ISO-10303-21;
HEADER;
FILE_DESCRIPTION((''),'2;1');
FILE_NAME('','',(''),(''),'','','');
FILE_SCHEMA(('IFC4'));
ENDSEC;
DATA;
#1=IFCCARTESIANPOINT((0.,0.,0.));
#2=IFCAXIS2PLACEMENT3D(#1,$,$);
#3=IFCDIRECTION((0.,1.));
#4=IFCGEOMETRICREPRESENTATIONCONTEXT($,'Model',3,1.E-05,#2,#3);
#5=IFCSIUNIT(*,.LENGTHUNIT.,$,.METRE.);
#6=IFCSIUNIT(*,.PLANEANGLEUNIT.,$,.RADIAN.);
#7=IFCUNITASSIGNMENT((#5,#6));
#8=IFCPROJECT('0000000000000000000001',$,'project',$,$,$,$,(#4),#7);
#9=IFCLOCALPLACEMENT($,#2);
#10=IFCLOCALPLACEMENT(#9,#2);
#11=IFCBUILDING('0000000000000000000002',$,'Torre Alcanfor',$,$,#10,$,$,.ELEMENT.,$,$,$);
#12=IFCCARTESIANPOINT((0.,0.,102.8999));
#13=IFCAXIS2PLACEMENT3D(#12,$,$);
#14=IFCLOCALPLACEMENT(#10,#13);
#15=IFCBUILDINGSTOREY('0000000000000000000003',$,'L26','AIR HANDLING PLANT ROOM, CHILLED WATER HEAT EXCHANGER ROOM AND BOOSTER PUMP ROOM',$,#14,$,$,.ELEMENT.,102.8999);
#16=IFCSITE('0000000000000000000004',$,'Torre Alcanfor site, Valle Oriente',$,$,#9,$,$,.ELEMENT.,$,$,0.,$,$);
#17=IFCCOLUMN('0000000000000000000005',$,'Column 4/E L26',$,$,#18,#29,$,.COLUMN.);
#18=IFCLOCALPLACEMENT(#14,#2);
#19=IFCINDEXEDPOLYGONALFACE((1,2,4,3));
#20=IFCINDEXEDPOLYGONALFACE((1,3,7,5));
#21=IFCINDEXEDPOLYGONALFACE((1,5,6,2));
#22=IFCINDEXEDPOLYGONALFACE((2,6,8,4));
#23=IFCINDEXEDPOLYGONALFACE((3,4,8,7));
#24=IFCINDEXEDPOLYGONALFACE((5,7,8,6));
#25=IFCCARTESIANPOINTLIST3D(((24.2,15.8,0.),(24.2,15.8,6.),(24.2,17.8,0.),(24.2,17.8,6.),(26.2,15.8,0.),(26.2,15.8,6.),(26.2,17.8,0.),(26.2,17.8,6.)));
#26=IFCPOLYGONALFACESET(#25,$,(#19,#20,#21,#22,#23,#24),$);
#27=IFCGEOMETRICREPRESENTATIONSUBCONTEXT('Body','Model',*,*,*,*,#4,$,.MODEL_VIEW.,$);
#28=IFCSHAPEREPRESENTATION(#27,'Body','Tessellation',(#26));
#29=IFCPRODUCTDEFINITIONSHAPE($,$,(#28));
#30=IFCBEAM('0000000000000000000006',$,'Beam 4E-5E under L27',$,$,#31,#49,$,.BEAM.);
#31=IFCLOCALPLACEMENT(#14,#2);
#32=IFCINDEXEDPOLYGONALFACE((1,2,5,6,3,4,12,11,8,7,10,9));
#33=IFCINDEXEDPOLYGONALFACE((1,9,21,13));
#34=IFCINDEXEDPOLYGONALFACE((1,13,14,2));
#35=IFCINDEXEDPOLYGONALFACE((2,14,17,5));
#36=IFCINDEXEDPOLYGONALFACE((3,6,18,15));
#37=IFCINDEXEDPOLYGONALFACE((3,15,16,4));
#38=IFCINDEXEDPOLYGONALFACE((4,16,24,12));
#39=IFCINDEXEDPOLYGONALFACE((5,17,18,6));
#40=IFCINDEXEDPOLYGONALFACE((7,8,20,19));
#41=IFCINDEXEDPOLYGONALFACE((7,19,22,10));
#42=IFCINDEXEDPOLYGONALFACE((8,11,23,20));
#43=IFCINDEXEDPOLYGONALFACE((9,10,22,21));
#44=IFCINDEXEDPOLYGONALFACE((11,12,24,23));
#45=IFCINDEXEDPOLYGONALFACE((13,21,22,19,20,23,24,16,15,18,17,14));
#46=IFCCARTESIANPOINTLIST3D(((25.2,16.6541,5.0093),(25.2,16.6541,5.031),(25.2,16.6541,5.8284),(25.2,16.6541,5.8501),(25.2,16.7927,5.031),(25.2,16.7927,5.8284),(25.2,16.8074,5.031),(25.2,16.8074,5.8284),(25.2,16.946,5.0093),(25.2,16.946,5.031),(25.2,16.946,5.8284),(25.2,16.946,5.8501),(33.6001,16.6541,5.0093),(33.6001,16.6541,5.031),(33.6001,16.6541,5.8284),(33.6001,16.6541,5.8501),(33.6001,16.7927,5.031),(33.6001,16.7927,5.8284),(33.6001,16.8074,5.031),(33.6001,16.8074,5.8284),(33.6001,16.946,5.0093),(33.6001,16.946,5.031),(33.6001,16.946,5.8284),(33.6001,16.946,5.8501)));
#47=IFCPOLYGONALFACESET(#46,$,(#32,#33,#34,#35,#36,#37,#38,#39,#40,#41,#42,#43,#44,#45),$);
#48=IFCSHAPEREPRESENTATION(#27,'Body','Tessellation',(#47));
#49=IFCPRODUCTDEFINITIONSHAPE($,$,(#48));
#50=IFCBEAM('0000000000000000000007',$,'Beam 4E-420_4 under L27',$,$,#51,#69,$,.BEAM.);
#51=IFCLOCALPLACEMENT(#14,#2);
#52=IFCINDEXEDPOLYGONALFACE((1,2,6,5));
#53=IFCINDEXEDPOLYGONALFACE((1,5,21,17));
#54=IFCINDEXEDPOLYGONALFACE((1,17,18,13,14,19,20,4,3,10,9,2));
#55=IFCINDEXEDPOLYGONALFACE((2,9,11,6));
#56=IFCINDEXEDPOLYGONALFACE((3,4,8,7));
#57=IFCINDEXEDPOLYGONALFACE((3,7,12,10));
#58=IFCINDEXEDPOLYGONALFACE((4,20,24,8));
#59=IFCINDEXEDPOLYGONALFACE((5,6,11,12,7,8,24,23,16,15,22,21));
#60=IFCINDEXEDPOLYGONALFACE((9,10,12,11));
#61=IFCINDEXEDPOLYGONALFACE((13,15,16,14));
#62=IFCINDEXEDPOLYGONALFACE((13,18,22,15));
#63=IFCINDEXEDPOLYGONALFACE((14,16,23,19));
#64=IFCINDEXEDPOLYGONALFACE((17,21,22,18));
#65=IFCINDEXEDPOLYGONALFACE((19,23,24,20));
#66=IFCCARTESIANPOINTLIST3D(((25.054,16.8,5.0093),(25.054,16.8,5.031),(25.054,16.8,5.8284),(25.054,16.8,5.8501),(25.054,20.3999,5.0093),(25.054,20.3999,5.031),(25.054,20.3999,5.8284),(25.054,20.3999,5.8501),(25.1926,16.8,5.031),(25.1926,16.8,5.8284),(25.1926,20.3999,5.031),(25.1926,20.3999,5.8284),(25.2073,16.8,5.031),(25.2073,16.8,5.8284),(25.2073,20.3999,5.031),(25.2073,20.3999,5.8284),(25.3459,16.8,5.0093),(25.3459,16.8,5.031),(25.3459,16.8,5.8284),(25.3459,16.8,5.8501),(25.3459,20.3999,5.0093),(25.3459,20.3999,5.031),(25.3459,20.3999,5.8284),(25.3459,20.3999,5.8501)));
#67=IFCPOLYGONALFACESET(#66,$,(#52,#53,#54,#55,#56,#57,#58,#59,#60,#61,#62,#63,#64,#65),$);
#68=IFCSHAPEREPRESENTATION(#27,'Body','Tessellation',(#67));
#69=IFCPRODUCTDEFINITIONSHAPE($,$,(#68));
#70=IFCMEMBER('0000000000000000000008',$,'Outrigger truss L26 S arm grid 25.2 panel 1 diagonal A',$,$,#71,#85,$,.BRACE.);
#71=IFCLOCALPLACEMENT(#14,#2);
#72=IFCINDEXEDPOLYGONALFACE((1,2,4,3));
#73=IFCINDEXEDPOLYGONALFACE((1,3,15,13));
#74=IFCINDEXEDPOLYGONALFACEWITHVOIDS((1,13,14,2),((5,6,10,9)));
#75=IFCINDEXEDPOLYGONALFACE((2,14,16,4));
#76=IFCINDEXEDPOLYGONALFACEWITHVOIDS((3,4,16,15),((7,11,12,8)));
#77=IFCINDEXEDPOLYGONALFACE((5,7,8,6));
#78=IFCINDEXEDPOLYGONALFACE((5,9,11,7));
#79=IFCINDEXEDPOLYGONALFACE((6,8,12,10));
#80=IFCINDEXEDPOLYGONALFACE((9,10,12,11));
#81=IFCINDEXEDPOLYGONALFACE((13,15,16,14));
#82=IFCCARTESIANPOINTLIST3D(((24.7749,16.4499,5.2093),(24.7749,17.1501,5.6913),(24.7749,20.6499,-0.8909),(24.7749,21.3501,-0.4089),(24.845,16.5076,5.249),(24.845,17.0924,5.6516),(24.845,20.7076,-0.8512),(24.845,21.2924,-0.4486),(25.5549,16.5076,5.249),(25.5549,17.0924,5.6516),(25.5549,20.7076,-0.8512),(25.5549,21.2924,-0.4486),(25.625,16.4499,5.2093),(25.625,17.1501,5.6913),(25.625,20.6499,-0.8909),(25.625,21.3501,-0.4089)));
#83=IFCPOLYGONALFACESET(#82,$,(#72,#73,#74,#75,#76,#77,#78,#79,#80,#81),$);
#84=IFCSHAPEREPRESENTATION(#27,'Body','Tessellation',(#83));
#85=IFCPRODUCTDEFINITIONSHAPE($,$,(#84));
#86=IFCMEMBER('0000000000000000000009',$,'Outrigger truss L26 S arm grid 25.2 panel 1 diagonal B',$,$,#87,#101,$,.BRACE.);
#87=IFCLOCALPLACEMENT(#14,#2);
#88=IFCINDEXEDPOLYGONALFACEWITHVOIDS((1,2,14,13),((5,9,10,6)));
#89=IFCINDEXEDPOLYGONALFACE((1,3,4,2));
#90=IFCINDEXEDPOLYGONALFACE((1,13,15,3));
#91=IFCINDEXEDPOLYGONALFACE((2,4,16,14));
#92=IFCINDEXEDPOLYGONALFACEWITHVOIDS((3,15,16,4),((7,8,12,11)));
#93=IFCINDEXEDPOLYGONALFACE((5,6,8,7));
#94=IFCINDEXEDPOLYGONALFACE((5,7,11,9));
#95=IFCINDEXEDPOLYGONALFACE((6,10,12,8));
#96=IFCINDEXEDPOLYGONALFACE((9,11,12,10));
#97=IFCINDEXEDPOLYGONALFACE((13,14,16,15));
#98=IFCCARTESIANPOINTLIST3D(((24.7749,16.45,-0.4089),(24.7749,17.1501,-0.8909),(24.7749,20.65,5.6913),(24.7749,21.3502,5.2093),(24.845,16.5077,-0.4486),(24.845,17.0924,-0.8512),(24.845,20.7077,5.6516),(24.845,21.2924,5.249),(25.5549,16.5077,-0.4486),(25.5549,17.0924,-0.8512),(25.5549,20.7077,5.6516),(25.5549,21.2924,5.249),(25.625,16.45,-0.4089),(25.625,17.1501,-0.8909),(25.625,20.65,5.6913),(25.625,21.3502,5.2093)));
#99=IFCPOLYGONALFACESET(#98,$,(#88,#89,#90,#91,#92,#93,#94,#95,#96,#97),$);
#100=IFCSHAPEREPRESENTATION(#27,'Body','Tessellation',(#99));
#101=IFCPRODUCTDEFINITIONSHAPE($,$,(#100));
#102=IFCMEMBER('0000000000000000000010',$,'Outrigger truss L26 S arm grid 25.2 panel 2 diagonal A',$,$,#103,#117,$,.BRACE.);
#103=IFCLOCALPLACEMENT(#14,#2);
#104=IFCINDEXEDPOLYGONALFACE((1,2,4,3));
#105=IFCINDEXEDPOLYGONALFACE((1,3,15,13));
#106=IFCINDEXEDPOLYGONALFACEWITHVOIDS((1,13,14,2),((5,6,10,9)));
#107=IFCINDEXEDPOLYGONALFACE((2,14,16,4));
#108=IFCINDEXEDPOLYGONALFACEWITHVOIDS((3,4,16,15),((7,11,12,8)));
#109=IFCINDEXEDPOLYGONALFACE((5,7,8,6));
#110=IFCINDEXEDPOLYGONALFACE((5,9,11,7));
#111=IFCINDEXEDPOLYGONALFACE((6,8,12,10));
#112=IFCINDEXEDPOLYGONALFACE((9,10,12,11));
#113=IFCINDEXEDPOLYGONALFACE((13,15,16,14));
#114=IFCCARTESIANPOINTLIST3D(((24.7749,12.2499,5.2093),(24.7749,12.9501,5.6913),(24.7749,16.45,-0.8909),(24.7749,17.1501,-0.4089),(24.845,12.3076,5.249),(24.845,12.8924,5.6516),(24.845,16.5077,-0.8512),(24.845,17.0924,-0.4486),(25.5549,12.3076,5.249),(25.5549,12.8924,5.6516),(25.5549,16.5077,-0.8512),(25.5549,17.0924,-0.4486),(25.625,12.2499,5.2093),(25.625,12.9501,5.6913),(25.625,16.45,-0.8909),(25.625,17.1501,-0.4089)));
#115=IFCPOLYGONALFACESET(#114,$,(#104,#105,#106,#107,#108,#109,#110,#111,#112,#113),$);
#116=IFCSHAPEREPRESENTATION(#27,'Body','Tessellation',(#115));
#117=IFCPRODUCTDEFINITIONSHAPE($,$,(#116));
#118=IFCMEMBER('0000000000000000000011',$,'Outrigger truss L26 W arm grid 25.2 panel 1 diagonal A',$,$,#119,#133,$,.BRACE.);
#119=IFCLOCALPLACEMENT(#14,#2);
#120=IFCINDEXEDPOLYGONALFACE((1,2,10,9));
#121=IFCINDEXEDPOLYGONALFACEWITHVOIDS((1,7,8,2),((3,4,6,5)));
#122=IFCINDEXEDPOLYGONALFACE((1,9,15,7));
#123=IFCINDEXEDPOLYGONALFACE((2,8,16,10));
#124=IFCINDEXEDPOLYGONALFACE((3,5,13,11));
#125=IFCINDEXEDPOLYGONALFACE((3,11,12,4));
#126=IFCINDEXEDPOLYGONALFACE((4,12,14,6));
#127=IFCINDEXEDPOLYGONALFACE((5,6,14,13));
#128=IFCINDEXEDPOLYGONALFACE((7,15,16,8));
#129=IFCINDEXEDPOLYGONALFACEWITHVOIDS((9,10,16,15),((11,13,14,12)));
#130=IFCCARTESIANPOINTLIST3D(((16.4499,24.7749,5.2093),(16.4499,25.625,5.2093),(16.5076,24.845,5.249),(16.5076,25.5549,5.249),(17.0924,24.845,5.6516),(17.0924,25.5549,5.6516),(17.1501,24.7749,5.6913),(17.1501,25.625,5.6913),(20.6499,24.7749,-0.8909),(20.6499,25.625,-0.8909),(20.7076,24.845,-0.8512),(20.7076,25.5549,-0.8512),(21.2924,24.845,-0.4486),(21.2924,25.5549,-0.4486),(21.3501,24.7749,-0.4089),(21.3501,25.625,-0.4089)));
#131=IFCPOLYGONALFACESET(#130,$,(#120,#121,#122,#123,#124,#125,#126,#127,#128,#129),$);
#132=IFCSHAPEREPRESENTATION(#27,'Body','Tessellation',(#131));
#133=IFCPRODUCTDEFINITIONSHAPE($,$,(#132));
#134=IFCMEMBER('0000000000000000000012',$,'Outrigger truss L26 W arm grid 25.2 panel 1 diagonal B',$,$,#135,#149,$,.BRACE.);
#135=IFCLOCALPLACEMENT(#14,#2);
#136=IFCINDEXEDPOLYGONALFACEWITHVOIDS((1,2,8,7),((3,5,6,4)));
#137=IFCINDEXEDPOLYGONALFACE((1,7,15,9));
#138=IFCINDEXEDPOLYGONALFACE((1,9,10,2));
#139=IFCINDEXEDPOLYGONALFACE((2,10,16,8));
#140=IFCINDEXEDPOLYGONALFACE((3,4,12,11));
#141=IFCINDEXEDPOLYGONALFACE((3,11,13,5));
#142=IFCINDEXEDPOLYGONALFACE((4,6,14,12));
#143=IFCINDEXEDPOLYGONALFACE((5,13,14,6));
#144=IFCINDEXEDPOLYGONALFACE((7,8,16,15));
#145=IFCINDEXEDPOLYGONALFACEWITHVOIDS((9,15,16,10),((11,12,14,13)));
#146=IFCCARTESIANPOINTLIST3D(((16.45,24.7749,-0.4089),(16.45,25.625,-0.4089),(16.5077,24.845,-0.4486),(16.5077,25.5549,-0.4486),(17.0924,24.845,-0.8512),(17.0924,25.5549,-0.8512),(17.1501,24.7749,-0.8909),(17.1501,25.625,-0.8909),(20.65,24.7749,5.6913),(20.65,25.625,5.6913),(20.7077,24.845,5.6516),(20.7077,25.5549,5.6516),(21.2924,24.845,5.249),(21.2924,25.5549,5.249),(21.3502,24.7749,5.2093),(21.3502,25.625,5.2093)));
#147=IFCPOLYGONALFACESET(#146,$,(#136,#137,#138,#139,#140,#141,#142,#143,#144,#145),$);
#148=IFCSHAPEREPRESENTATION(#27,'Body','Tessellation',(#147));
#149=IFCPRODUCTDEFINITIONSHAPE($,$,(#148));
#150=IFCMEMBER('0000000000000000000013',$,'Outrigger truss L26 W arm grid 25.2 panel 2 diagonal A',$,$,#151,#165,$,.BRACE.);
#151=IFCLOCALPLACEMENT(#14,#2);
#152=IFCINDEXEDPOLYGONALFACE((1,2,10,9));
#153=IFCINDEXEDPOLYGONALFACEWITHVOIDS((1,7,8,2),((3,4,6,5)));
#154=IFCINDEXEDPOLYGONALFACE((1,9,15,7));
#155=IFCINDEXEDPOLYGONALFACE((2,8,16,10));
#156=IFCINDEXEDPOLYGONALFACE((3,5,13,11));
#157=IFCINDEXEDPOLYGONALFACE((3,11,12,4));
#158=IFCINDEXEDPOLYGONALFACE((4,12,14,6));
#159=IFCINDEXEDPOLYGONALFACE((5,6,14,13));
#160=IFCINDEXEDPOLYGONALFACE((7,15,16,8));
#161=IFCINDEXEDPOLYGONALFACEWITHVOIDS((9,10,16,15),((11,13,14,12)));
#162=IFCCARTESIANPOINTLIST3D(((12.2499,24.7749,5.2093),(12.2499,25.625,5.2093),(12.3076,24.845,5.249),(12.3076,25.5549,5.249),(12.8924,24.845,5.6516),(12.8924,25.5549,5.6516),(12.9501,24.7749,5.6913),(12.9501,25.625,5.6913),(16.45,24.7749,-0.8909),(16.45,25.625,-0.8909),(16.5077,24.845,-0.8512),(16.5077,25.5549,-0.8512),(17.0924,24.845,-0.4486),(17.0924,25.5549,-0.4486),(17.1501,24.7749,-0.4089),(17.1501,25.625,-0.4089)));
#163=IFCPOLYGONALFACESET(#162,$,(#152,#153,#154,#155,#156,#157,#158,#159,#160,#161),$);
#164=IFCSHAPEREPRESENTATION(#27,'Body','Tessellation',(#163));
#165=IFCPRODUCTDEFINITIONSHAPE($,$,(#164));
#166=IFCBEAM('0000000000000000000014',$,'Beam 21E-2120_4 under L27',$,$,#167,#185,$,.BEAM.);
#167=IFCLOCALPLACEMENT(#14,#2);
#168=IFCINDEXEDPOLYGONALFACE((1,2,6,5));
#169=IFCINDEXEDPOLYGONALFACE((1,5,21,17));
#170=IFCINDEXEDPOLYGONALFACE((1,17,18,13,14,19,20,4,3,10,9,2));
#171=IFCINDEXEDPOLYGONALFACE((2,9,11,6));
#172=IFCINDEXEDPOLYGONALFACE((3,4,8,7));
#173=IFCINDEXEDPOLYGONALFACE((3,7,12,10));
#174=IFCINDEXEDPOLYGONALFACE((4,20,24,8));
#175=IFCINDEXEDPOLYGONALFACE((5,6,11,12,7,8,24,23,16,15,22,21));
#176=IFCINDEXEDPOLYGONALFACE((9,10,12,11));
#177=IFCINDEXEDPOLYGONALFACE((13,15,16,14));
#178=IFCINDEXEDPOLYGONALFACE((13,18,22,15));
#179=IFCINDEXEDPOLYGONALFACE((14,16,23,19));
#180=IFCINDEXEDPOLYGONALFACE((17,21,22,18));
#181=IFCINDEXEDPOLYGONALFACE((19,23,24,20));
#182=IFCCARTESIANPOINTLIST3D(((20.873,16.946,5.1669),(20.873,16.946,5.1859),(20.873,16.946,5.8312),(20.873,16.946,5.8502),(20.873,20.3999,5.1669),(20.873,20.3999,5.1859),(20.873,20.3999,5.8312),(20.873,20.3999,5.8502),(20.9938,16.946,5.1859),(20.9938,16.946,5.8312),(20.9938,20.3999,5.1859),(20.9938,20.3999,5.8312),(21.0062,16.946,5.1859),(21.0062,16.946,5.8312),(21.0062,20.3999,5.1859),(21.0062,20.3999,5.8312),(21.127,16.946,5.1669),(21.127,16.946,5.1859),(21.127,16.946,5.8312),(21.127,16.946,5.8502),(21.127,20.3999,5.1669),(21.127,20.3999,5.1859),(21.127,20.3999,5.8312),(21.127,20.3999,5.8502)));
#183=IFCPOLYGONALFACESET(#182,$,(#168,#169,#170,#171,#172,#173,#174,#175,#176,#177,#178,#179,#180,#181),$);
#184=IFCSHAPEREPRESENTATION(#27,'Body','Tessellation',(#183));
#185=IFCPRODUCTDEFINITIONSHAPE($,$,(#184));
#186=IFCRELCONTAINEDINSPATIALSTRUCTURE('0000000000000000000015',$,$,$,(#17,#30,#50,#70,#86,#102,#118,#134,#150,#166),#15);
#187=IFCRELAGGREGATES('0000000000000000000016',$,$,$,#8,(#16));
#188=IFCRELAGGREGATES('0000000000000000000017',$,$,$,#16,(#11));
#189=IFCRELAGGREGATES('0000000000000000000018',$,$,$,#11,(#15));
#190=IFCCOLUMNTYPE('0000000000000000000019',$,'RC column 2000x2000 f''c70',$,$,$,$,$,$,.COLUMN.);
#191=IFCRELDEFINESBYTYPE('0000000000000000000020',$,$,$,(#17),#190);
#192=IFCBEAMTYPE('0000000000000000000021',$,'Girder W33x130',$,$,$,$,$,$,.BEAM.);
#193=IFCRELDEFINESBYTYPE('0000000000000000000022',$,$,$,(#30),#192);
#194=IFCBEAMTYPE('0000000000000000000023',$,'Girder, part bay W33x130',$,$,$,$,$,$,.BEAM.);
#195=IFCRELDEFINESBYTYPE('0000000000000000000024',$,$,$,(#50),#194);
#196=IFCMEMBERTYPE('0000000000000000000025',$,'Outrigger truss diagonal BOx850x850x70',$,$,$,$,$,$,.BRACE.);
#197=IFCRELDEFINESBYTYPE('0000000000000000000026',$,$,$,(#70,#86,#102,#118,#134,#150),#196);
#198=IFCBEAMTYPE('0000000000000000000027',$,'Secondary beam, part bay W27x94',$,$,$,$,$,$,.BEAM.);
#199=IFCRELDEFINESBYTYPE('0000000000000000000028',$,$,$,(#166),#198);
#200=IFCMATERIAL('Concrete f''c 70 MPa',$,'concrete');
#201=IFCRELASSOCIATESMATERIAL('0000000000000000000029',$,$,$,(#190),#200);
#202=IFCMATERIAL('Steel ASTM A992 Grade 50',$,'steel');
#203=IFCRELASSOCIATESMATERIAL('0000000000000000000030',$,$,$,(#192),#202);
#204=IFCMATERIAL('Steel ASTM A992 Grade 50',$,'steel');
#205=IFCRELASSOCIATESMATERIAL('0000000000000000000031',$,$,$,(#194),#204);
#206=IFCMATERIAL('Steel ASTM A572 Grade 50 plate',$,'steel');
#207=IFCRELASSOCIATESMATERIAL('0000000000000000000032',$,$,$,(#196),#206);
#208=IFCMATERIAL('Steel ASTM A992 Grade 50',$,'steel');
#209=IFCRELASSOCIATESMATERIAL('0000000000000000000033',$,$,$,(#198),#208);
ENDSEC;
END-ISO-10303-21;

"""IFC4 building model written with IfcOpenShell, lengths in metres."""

from ifc_helpers import new_model, si_unit, direction, frame, origin, origin_2d, place, context, subcontext, project, spatial, rectangle, hollow_rectangle, i_section, extrude, material, material_profile, profile_set, type_object, element, save


model = new_model("IFC4")

# Units and contexts
model_context = context("Model", 3, precision=1e-05, world=origin(), true_north=direction((0.0, 1.0)))
body_context = subcontext(model_context, "Body", "Model", "MODEL_VIEW")
ifc_project = project(units=[si_unit("LENGTHUNIT", "METRE"), si_unit("PLANEANGLEUNIT", "RADIAN")], contexts=[model_context])

# Site, building, storey
site_placement = place(None, origin())
site = spatial("IfcSite", under=ifc_project, at=site_placement, Name="Torre Alcanfor site, Valle Oriente", CompositionType="ELEMENT", RefElevation=0.0)
building_placement = place(site_placement, origin())
building = spatial("IfcBuilding", under=site, at=building_placement, Name="Torre Alcanfor", CompositionType="ELEMENT")
storey_placement = place(building_placement, frame((0.0, 0.0, 102.8999)))
storey = spatial("IfcBuildingStorey", under=building, at=storey_placement, Name="L26", Description="AIR HANDLING PLANT ROOM, CHILLED WATER HEAT EXCHANGER ROOM AND BOOSTER PUMP ROOM", CompositionType="ELEMENT", Elevation=102.8999)

# Column
ifc_material_1 = material(Name="Concrete f'c 70 MPa", Category="concrete")
ifc_material_profile_1 = material_profile(ifc_material_1, rectangle(XDim=2.0, YDim=2.0, at=origin_2d()), Name="2000x2000")
ifc_profile_set_1 = profile_set([ifc_material_profile_1], Name="Concrete f'c 70 MPa")
column_type = type_object("IfcColumnType", Name="RC column 2000x2000 f'c70", PredefinedType="COLUMN", material=ifc_profile_set_1)
column_placement = place(storey_placement, frame((25.2, 16.8, 0.0), z_axis=(0.0, 0.0, 1.0), x_axis=(1.0, 0.0, 0.0)))
element("IfcColumn", 1, at=column_placement, inside=storey, type_object=column_type, Name="Column 4/E L26", PredefinedType="COLUMN", context=body_context, shape_type="SweptSolid", body=[
    extrude(rectangle(XDim=2.0, YDim=2.0, at=origin_2d()), origin(), (0.0, 0.0, 1.0), 6.0),
])

# Beams
ifc_material_2 = material(Name="Steel ASTM A992 Grade 50", Category="steel")
ifc_material_profile_2 = material_profile(ifc_material_2, i_section(OverallWidth=0.292, OverallDepth=0.8408, WebThickness=0.0146, FlangeThickness=0.0217, at=origin_2d()), Name="W33x130")
ifc_profile_set_2 = profile_set([ifc_material_profile_2], Name="Steel ASTM A992 Grade 50")
beam_type_1 = type_object("IfcBeamType", Name="Girder W33x130", PredefinedType="BEAM", material=ifc_profile_set_2)
beam_1_placement = place(storey_placement, frame((25.2, 16.8, 5.4297), z_axis=(1.0, 0.0, 0.0), x_axis=(0.0, 1.0, 0.0)))
element("IfcBeam", 2, at=beam_1_placement, inside=storey, type_object=beam_type_1, Name="Beam 4E-5E under L27", PredefinedType="BEAM", context=body_context, shape_type="SweptSolid", body=[
    extrude(i_section(OverallWidth=0.292, OverallDepth=0.8408, WebThickness=0.0146, FlangeThickness=0.0217, at=origin_2d()), origin(), (0.0, 0.0, 1.0), 8.4001),
])
ifc_material_3 = material(Name="Steel ASTM A992 Grade 50", Category="steel")
ifc_material_profile_3 = material_profile(ifc_material_3, i_section(OverallWidth=0.292, OverallDepth=0.8408, WebThickness=0.0146, FlangeThickness=0.0217, at=origin_2d()), Name="W33x130")
ifc_profile_set_3 = profile_set([ifc_material_profile_3], Name="Steel ASTM A992 Grade 50")
beam_type_2 = type_object("IfcBeamType", Name="Girder, part bay W33x130", PredefinedType="BEAM", material=ifc_profile_set_3)
beam_2_placement = place(storey_placement, frame((25.2, 16.8, 5.4297), z_axis=(0.0, 1.0, 0.0), x_axis=(-1.0, 0.0, 0.0)))
element("IfcBeam", 3, at=beam_2_placement, inside=storey, type_object=beam_type_2, Name="Beam 4E-420_4 under L27", PredefinedType="BEAM", context=body_context, shape_type="SweptSolid", body=[
    extrude(i_section(OverallWidth=0.292, OverallDepth=0.8408, WebThickness=0.0146, FlangeThickness=0.0217, at=origin_2d()), origin(), (0.0, 0.0, 1.0), 3.5999),
])

# Members
ifc_material_4 = material(Name="Steel ASTM A572 Grade 50 plate", Category="steel")
ifc_material_profile_4 = material_profile(ifc_material_4, hollow_rectangle(XDim=0.8501, YDim=0.8501, WallThickness=0.0701, at=origin_2d()), Name="BOX 850x850x70")
ifc_profile_set_4 = profile_set([ifc_material_profile_4], Name="Steel ASTM A572 Grade 50 plate")
member_type = type_object("IfcMemberType", Name="Outrigger truss diagonal BOx850x850x70", PredefinedType="BRACE", material=ifc_profile_set_4)
for number, where, z_axis, x_axis, name in (
    (4, (25.2, 21.0, -0.6499), (0.0, -0.567091, 0.823655), (1.0, 0.0, 0.0), "Outrigger truss L26 S arm grid 25.2 panel 1 diagonal A"),
    (5, (25.2, 16.8, -0.6499), (0.0, 0.567091, 0.823655), (-1.0, 0.0, 0.0), "Outrigger truss L26 S arm grid 25.2 panel 1 diagonal B"),
    (6, (25.2, 16.8, -0.6499), (0.0, -0.567091, 0.823655), (1.0, 0.0, 0.0), "Outrigger truss L26 S arm grid 25.2 panel 2 diagonal A"),
    (7, (21.0, 25.2, -0.6499), (-0.567091, 0.0, 0.823655), (0.0, -1.0, 0.0), "Outrigger truss L26 W arm grid 25.2 panel 1 diagonal A"),
    (8, (16.8, 25.2, -0.6499), (0.567091, 0.0, 0.823655), (0.0, 1.0, 0.0), "Outrigger truss L26 W arm grid 25.2 panel 1 diagonal B"),
    (9, (16.8, 25.2, -0.6499), (-0.567091, 0.0, 0.823655), (0.0, -1.0, 0.0), "Outrigger truss L26 W arm grid 25.2 panel 2 diagonal A"),
):
    element("IfcMember", number, at=place(storey_placement, frame(where, z_axis=z_axis, x_axis=x_axis)), inside=storey, type_object=member_type, Name=name, PredefinedType="BRACE", context=body_context, shape_type="SweptSolid", body=[
        extrude(hollow_rectangle(XDim=0.8501, YDim=0.8501, WallThickness=0.0701, at=origin_2d()), origin(), (0.0, 0.0, 1.0), 7.4062),
    ])

# Beam
ifc_material_5 = material(Name="Steel ASTM A992 Grade 50", Category="steel")
ifc_material_profile_5 = material_profile(ifc_material_5, i_section(OverallWidth=0.2539, OverallDepth=0.6833, WebThickness=0.0125, FlangeThickness=0.019, at=origin_2d()), Name="W27x94")
ifc_profile_set_5 = profile_set([ifc_material_profile_5], Name="Steel ASTM A992 Grade 50")
beam_type_3 = type_object("IfcBeamType", Name="Secondary beam, part bay W27x94", PredefinedType="BEAM", material=ifc_profile_set_5)
beam_3_placement = place(storey_placement, frame((21.0, 16.946, 5.5085), z_axis=(0.0, 1.0, 0.0), x_axis=(-1.0, 0.0, 0.0)))
element("IfcBeam", 10, at=beam_3_placement, inside=storey, type_object=beam_type_3, Name="Beam 21E-2120_4 under L27", PredefinedType="BEAM", context=body_context, shape_type="SweptSolid", body=[
    extrude(i_section(OverallWidth=0.2539, OverallDepth=0.6833, WebThickness=0.0125, FlangeThickness=0.019, at=origin_2d()), origin(), (0.0, 0.0, 1.0), 3.4539),
])

save(model, "model.ifc")
